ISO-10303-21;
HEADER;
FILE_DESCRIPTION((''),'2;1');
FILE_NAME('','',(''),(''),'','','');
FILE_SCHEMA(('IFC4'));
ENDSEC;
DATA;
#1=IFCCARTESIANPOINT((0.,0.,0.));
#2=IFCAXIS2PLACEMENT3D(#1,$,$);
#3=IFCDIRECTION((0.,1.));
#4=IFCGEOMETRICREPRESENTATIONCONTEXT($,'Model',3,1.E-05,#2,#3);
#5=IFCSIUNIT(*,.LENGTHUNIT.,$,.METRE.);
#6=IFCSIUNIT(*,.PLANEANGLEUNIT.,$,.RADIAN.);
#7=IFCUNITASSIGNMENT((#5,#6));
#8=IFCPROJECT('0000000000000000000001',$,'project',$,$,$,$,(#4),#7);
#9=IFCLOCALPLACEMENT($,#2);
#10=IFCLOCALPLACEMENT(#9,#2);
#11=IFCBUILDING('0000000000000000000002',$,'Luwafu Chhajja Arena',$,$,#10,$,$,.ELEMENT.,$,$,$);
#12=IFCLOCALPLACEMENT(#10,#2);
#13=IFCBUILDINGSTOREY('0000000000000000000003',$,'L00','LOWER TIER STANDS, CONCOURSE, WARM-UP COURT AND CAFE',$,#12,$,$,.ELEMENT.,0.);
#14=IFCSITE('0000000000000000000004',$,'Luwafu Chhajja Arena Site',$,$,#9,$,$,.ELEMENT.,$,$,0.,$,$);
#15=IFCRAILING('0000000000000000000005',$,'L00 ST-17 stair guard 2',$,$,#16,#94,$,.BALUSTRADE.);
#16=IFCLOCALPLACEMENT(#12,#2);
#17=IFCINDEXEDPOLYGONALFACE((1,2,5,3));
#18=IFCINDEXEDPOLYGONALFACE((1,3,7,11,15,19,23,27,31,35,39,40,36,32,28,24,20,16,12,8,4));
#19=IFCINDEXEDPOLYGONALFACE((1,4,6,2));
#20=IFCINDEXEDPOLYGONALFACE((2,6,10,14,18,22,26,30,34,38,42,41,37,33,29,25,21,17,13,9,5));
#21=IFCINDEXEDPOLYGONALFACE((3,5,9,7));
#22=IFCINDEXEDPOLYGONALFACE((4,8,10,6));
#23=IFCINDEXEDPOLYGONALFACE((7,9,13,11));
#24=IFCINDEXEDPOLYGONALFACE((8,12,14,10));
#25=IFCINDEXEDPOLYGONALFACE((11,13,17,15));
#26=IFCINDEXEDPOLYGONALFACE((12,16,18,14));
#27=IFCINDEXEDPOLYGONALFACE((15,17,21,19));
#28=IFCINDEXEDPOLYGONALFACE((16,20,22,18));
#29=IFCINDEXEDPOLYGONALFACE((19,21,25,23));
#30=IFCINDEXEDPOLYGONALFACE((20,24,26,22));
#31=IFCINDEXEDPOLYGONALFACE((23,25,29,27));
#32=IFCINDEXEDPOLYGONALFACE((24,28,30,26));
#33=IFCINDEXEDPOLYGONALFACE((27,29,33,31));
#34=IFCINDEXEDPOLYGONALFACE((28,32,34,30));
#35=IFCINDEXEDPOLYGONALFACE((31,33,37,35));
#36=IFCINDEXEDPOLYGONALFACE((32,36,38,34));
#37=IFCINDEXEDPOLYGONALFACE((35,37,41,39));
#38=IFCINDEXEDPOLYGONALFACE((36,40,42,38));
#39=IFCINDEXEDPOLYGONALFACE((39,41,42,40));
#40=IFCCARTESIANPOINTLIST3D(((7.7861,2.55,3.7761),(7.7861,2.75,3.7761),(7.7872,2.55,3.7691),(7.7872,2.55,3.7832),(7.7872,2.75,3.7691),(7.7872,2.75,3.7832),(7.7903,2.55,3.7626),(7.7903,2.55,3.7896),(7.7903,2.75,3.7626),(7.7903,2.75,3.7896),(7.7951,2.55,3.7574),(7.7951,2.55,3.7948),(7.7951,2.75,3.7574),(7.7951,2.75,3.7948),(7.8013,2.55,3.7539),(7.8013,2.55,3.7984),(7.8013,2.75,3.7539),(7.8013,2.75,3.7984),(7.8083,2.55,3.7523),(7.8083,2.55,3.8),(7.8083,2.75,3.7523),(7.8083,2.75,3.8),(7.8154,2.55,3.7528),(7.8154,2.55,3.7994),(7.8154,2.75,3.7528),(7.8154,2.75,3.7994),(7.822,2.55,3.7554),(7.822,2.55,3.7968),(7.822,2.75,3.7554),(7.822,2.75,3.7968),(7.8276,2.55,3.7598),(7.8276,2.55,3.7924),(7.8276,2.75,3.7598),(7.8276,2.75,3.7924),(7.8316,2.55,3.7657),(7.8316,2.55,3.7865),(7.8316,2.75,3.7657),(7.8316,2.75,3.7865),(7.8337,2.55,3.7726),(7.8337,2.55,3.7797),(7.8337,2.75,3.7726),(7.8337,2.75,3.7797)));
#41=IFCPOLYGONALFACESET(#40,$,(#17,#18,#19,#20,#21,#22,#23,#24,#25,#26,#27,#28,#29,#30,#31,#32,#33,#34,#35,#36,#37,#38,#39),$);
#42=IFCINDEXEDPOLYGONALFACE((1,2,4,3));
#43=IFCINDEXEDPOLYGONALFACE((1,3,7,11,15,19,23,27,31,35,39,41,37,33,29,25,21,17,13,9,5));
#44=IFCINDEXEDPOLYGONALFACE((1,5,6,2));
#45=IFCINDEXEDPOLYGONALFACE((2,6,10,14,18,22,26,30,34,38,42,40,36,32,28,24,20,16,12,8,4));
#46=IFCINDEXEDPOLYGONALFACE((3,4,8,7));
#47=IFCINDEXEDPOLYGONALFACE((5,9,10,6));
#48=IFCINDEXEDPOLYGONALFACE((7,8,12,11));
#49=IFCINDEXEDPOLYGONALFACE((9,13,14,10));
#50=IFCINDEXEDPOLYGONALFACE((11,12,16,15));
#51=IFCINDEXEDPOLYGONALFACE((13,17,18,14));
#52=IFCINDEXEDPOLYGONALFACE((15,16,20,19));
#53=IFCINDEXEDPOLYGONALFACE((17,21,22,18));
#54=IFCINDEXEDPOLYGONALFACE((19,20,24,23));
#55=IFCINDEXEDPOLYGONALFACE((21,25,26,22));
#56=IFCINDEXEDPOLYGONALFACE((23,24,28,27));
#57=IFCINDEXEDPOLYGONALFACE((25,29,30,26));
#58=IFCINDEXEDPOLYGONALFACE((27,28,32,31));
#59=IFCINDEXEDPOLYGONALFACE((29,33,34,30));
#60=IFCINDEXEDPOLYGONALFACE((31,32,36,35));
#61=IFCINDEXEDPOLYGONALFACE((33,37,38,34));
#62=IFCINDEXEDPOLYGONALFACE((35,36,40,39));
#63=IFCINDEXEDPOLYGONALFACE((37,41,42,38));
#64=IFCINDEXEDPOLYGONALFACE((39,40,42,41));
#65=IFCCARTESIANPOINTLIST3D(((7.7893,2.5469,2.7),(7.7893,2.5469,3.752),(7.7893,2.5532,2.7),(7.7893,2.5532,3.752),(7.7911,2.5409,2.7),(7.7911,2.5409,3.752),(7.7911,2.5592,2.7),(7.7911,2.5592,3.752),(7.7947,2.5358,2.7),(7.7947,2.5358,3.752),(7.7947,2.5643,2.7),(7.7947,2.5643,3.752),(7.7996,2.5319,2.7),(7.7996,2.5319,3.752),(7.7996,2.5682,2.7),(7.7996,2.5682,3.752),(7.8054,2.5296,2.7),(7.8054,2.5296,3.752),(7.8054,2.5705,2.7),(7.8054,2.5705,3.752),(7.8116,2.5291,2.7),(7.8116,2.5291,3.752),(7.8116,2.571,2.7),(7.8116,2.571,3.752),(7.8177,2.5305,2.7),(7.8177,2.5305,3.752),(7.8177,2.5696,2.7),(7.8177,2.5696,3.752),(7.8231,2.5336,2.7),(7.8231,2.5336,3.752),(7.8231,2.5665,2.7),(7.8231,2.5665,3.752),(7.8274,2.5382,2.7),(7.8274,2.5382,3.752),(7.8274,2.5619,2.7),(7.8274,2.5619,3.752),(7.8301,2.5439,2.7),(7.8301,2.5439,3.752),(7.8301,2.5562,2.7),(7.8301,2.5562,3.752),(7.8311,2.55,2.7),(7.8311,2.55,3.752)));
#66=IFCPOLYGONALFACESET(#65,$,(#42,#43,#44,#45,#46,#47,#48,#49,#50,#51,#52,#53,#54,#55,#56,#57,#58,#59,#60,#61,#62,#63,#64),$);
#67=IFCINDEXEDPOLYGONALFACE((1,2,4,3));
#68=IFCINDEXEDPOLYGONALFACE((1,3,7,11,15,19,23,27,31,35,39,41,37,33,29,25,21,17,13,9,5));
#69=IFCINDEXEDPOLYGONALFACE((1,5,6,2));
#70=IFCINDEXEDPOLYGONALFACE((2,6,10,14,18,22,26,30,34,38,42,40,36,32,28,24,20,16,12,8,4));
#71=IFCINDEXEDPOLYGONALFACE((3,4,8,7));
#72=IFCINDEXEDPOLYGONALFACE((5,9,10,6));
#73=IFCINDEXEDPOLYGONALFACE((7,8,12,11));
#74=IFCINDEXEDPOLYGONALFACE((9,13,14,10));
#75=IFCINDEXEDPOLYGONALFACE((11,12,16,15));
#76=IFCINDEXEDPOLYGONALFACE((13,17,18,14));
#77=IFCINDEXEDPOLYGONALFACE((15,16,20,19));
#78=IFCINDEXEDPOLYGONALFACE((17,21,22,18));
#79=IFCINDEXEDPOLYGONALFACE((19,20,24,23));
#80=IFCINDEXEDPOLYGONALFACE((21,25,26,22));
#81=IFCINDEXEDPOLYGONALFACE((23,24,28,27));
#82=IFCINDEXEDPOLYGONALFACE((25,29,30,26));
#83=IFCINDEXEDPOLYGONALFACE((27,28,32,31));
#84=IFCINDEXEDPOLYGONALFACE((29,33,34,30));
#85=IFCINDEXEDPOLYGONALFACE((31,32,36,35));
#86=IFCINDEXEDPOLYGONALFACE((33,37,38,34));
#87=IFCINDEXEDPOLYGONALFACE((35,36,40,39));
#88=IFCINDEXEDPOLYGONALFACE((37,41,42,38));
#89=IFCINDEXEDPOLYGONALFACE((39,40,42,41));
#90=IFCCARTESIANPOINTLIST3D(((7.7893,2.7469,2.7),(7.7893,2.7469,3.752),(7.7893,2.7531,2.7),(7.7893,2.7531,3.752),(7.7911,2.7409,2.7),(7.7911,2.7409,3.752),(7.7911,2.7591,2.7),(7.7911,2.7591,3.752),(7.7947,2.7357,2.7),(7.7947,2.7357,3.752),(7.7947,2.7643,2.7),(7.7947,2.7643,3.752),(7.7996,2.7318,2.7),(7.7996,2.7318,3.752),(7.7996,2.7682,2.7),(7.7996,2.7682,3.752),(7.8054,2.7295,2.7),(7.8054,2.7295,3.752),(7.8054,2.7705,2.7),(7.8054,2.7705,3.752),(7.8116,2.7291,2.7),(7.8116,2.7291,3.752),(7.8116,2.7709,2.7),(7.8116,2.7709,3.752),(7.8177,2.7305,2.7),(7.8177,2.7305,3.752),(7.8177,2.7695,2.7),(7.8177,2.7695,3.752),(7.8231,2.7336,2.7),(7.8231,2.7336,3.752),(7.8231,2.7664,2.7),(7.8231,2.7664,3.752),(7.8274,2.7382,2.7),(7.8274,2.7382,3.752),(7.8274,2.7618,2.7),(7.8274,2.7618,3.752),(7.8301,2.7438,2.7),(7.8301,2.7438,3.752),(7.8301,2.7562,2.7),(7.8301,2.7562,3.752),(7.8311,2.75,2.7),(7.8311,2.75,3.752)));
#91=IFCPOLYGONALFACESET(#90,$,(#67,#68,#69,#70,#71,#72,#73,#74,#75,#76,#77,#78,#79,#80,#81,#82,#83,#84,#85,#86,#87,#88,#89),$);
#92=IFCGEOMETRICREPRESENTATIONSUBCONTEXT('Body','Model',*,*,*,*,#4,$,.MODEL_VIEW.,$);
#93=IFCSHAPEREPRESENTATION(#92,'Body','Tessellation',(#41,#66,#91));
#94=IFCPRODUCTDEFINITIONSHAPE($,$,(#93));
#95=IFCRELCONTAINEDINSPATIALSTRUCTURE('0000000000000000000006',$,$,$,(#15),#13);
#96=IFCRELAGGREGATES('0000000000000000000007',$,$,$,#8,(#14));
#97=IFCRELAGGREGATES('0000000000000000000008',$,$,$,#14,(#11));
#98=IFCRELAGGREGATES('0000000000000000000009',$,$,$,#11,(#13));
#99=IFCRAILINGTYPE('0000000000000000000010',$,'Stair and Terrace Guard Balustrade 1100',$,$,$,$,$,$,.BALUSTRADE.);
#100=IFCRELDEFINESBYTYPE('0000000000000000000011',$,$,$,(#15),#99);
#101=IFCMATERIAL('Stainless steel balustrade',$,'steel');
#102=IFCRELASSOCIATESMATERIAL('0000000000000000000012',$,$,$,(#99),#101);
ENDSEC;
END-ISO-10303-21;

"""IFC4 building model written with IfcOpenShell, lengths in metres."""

from ifc_helpers import new_model, si_unit, direction, frame, origin, origin_2d, place, context, subcontext, project, spatial, circle, extrude, material, type_object, element, save


model = new_model("IFC4")

# Units and contexts
model_context = context("Model", 3, precision=1e-05, world=origin(), true_north=direction((0.0, 1.0)))
body_context = subcontext(model_context, "Body", "Model", "MODEL_VIEW")
ifc_project = project(units=[si_unit("LENGTHUNIT", "METRE"), si_unit("PLANEANGLEUNIT", "RADIAN")], contexts=[model_context])

# Site, building, storey
site_placement = place(None, origin())
site = spatial("IfcSite", under=ifc_project, at=site_placement, Name="Luwafu Chhajja Arena Site", CompositionType="ELEMENT", RefElevation=0.0)
building_placement = place(site_placement, origin())
building = spatial("IfcBuilding", under=site, at=building_placement, Name="Luwafu Chhajja Arena", CompositionType="ELEMENT")
storey_placement = place(building_placement, origin())
storey = spatial("IfcBuildingStorey", under=building, at=storey_placement, Name="L00", Description="LOWER TIER STANDS, CONCOURSE, WARM-UP COURT AND CAFE", CompositionType="ELEMENT", Elevation=0.0)

# Railing
ifc_material_1 = material(Name="Stainless steel balustrade", Category="steel")
railing_type_1 = type_object("IfcRailingType", Name="Stair and Terrace Guard Balustrade 1100", PredefinedType="BALUSTRADE", material=ifc_material_1)
railing_1_placement = place(storey_placement, frame((7.8101, 2.55, 2.7)))
element("IfcRailing", 1, at=railing_1_placement, inside=storey, type_object=railing_type_1, Name="L00 ST-17 stair guard 2", PredefinedType="BALUSTRADE", context=body_context, shape_type="SweptSolid", body=[
    extrude(circle(Radius=0.0239, at=origin_2d()), frame((0.0, 0.0, 1.0762), z_axis=(0.0, 1.0, 0.0), x_axis=(-1.0, 0.0, 0.0)), (0.0, 0.0, 1.0), 0.2),
    extrude(circle(Radius=0.021, at=origin_2d()), origin(), (0.0, 0.0, 1.0), 1.052),
    extrude(circle(Radius=0.021, at=origin_2d()), frame((0.0, 0.2, 0.0)), (0.0, 0.0, 1.0), 1.052),
])

save(model, "model.ifc")
